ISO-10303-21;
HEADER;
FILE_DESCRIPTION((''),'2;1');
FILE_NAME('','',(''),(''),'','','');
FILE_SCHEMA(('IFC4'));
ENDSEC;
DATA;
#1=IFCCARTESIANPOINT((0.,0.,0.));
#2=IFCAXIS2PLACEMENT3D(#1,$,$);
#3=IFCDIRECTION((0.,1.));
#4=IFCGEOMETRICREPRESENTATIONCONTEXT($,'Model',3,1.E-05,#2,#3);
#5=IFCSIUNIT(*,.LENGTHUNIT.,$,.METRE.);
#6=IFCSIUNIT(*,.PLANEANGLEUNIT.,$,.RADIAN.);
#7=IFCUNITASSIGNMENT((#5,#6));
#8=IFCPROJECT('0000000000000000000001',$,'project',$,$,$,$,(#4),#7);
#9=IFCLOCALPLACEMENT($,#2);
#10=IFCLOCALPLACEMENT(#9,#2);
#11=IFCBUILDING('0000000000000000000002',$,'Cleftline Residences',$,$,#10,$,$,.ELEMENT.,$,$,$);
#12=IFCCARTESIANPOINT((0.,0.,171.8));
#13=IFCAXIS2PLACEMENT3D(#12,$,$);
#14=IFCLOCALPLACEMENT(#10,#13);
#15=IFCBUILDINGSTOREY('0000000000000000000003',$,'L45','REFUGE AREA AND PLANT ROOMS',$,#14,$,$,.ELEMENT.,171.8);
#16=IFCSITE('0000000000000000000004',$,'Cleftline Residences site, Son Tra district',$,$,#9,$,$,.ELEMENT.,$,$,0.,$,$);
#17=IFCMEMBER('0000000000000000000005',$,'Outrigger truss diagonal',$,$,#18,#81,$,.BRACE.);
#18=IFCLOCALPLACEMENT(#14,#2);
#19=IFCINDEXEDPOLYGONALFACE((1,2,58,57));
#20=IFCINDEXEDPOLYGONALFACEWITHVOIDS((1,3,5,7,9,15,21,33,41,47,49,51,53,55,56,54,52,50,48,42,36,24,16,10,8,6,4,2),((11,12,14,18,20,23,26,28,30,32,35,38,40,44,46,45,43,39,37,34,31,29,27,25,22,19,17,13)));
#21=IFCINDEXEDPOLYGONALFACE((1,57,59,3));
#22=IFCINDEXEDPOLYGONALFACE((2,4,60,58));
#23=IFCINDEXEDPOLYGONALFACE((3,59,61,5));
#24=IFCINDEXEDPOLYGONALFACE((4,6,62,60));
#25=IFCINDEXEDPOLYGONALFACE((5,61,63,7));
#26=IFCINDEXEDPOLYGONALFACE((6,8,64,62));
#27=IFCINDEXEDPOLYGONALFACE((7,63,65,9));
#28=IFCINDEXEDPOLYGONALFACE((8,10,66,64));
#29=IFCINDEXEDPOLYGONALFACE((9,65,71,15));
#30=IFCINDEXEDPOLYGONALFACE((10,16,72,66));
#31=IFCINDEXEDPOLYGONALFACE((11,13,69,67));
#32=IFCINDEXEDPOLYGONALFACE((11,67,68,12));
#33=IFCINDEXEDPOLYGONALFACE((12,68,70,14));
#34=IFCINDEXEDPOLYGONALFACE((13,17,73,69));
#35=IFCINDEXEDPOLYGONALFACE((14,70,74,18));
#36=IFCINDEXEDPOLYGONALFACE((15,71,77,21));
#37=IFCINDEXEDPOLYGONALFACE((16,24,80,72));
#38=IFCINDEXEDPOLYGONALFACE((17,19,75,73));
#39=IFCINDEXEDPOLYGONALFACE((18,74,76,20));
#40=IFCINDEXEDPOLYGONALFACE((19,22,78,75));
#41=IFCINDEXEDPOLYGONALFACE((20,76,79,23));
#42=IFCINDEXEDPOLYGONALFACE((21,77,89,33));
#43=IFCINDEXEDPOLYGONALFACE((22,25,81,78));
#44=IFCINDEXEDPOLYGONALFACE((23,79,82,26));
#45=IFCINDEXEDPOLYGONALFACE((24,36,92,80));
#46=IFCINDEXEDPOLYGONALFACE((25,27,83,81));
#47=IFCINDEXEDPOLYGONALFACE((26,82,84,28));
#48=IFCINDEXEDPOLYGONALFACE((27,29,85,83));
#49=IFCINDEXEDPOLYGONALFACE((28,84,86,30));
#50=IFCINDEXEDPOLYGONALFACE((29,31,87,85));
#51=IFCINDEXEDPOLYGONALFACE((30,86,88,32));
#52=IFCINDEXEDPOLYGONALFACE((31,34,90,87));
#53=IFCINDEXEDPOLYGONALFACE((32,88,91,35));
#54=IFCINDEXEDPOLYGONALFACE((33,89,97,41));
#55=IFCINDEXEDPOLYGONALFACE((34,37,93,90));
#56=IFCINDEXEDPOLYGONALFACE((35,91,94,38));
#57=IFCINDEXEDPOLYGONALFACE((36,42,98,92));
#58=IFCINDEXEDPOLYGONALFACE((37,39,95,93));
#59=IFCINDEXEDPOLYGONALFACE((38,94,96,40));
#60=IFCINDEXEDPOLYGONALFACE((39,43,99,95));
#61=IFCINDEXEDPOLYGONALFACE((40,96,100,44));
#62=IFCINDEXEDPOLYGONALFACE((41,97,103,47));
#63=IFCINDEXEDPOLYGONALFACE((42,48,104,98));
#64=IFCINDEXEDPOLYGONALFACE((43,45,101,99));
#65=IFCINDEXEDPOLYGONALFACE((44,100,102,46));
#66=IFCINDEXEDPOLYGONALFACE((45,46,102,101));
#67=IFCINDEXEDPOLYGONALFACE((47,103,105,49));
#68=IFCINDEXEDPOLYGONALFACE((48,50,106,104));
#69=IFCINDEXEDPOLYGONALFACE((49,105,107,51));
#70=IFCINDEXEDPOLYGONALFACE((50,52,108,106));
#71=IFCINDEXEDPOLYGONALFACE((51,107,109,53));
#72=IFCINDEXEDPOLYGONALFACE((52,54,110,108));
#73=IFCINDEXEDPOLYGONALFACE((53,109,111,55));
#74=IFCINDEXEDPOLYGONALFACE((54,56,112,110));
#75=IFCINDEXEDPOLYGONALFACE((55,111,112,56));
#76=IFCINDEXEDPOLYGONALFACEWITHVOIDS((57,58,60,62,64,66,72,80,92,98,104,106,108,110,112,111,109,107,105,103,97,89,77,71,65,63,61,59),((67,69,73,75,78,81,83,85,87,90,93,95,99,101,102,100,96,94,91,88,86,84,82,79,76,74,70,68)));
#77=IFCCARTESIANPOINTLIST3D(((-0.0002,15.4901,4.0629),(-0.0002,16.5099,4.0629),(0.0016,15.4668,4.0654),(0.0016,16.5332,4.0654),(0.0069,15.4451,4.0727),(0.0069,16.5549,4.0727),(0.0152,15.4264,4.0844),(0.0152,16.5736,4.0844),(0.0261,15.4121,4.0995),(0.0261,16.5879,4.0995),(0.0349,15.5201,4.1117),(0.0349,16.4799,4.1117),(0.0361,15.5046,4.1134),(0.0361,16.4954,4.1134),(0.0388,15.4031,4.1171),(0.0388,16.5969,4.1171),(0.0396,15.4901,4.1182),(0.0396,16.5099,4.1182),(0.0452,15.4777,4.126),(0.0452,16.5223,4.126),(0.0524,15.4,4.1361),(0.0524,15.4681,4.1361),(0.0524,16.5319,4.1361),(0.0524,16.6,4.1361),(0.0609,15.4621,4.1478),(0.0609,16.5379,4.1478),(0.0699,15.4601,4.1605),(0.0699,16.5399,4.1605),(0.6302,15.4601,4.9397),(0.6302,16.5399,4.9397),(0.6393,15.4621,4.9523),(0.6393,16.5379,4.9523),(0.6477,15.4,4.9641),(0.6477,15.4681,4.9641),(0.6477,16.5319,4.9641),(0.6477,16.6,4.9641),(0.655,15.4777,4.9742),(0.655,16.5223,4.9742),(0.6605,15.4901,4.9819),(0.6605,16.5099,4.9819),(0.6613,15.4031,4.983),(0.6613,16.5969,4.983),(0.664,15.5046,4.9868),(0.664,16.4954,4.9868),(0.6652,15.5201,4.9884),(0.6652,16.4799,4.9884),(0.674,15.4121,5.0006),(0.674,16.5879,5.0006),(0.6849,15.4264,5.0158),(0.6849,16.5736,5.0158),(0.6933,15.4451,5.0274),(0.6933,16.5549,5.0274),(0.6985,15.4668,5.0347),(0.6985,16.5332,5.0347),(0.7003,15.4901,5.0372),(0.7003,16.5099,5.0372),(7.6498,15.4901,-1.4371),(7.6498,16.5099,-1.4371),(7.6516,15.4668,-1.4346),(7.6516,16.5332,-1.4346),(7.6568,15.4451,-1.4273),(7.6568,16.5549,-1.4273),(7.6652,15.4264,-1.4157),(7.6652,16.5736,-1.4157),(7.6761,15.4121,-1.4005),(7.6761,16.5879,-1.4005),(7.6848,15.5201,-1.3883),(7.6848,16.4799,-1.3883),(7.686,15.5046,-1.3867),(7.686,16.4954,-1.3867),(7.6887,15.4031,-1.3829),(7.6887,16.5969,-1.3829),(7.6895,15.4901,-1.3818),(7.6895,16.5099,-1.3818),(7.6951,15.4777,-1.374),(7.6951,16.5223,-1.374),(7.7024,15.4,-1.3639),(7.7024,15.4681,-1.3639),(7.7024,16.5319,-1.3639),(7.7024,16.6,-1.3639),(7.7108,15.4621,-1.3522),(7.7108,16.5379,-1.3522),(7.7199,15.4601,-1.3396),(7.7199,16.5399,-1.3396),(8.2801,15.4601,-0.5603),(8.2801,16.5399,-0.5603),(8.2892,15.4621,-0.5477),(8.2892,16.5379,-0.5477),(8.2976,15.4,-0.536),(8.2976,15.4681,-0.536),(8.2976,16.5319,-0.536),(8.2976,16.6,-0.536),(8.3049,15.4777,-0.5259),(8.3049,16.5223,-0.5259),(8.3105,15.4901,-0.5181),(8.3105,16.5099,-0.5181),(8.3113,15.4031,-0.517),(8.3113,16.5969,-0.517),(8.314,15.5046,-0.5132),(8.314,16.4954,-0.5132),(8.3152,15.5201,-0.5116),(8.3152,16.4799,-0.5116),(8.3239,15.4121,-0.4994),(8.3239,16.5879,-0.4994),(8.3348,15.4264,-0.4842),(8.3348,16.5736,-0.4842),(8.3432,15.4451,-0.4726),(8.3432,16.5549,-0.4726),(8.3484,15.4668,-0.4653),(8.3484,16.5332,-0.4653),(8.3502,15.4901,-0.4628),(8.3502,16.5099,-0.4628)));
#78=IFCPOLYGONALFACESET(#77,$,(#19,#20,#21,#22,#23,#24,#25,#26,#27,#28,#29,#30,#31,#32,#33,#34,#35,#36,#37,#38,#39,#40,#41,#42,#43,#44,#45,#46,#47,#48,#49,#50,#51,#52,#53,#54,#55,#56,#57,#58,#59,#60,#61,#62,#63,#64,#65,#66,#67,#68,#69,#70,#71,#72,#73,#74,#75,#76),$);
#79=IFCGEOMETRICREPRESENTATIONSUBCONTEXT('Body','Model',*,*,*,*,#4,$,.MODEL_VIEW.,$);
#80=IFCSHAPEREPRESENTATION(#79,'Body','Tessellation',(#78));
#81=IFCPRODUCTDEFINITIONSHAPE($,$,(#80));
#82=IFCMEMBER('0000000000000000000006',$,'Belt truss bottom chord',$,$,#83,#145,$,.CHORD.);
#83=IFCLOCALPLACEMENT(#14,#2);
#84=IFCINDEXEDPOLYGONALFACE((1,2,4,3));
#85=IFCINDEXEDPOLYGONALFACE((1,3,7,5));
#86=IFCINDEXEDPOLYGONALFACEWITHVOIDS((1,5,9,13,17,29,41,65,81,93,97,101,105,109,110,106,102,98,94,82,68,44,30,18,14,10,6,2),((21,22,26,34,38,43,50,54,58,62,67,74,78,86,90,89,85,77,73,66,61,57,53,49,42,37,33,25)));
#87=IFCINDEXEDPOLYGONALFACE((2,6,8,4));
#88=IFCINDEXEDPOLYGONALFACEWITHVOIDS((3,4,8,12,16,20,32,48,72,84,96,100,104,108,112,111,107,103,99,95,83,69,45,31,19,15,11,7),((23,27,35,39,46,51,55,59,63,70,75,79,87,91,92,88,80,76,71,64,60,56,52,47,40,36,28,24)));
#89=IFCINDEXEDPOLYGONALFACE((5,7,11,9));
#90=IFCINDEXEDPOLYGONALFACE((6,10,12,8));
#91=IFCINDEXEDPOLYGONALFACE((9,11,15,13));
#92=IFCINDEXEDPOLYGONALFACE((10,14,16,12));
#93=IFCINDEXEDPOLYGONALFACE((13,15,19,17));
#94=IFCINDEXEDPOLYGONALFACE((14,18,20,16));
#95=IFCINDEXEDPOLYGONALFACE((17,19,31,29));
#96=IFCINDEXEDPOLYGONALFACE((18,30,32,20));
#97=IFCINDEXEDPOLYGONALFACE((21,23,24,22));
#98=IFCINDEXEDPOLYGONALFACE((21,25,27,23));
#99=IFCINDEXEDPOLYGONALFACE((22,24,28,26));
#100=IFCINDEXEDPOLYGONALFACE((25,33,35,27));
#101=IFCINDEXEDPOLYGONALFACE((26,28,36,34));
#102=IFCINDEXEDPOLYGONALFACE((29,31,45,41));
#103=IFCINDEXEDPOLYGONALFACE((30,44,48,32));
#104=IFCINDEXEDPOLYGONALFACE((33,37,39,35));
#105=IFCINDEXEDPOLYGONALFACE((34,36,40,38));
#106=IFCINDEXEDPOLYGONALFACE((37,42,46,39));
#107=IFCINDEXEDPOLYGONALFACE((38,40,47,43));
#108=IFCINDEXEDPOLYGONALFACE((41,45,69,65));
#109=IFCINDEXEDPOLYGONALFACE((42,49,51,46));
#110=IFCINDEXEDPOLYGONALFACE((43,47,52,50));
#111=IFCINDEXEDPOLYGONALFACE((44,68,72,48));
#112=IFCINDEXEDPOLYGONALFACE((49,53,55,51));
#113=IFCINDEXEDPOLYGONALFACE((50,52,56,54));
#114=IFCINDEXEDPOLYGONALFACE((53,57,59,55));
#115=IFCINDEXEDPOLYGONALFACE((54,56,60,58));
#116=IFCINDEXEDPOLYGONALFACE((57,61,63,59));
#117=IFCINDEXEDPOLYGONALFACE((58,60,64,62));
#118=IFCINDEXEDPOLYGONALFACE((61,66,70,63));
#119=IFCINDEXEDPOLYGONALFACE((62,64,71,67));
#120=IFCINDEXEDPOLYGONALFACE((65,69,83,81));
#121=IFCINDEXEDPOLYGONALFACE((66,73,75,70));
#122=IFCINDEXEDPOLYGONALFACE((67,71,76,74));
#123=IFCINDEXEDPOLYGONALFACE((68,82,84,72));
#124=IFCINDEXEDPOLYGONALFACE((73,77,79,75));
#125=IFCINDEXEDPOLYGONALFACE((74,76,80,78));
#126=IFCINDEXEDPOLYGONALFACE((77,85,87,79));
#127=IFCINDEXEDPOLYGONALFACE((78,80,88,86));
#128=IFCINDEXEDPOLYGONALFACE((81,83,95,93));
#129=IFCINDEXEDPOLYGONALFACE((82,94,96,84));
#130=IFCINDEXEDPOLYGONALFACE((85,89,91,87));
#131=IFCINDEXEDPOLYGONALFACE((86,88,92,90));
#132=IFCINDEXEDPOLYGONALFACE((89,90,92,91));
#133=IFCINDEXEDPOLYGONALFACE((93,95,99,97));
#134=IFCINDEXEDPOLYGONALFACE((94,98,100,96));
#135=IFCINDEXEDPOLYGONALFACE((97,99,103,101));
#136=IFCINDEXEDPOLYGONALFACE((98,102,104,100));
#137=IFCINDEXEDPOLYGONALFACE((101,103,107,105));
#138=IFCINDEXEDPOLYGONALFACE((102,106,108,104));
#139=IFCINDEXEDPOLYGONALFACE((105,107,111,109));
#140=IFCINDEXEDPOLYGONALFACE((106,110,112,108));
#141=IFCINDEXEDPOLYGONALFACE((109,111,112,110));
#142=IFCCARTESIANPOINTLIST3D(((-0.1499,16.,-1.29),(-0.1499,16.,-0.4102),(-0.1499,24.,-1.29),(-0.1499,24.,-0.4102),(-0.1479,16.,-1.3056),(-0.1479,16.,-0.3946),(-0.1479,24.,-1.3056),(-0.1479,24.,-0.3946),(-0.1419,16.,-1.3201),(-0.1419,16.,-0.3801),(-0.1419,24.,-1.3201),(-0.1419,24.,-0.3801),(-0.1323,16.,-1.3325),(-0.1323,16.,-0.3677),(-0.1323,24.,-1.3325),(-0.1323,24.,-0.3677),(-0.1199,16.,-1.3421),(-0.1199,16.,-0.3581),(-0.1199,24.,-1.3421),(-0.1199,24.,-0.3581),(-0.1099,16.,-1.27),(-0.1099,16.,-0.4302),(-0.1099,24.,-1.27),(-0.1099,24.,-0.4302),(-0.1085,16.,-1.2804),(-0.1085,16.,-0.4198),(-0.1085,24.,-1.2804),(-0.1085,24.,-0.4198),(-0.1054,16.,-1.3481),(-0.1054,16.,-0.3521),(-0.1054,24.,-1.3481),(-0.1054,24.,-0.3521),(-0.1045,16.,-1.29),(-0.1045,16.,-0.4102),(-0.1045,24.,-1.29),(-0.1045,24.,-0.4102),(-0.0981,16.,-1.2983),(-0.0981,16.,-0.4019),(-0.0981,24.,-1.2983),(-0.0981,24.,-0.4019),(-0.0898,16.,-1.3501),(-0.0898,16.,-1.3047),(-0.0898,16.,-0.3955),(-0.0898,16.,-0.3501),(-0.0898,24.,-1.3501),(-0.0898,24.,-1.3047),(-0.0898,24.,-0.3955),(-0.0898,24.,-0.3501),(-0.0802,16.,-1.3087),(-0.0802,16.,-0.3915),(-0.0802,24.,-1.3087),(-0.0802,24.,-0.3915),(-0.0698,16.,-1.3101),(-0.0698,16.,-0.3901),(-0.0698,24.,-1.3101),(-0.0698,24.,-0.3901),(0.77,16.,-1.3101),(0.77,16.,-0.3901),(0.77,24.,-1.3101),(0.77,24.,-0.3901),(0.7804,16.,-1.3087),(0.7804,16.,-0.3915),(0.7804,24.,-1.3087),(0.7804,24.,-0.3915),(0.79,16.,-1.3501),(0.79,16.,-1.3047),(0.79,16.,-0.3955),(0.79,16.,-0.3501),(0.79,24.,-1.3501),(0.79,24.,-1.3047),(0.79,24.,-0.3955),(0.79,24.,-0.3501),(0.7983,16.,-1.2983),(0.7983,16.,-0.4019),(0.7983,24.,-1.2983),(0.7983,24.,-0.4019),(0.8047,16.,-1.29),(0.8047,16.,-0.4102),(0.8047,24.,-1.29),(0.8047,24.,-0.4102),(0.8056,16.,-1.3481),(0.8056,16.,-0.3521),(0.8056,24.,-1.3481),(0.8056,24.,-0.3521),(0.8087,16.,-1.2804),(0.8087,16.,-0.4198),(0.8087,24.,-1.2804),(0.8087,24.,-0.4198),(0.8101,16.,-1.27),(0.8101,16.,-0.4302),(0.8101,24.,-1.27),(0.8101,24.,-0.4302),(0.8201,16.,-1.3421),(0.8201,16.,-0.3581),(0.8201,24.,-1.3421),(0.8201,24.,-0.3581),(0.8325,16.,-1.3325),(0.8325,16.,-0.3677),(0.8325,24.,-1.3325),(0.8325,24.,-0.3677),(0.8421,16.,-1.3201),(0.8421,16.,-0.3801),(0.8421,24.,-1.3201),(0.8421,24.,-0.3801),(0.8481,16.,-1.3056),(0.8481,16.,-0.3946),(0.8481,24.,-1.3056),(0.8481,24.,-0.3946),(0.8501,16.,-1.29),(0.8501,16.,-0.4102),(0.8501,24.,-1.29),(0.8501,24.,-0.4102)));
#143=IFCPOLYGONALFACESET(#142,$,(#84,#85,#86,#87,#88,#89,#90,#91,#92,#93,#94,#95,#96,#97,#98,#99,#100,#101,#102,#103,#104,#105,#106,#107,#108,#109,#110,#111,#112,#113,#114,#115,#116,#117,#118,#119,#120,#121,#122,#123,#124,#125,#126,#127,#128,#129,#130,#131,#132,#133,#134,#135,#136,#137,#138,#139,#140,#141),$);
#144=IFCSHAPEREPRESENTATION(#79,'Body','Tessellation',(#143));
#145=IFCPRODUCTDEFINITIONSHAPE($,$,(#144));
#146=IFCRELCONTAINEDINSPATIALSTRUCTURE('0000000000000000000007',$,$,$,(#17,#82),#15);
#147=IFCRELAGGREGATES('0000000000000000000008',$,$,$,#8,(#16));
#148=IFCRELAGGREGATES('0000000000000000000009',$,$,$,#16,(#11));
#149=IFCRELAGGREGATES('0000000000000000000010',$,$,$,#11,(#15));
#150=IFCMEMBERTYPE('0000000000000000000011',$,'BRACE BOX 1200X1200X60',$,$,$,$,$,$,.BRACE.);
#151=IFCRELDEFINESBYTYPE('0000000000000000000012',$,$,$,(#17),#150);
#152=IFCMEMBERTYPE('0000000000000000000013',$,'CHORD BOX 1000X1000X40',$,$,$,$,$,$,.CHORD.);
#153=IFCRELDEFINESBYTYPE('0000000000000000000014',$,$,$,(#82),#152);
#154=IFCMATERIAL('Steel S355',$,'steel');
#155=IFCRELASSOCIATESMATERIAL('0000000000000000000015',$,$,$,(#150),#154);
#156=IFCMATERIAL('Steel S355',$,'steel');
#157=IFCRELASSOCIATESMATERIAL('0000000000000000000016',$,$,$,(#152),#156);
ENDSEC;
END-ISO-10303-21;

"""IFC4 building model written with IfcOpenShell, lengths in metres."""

from ifc_helpers import new_model, si_unit, direction, frame, origin, origin_2d, place, context, subcontext, project, spatial, hollow_rectangle, extrude, material, material_profile, profile_set, type_object, element, save


model = new_model("IFC4")

# Units and contexts
model_context = context("Model", 3, precision=1e-05, world=origin(), true_north=direction((0.0, 1.0)))
body_context = subcontext(model_context, "Body", "Model", "MODEL_VIEW")
ifc_project = project(units=[si_unit("LENGTHUNIT", "METRE"), si_unit("PLANEANGLEUNIT", "RADIAN")], contexts=[model_context])

# Site, building, storey
site_placement = place(None, origin())
site = spatial("IfcSite", under=ifc_project, at=site_placement, Name="Cleftline Residences site, Son Tra district", CompositionType="ELEMENT", RefElevation=0.0)
building_placement = place(site_placement, origin())
building = spatial("IfcBuilding", under=site, at=building_placement, Name="Cleftline Residences", CompositionType="ELEMENT")
storey_placement = place(building_placement, frame((0.0, 0.0, 171.8)))
storey = spatial("IfcBuildingStorey", under=building, at=storey_placement, Name="L45", Description="REFUGE AREA AND PLANT ROOMS", CompositionType="ELEMENT", Elevation=171.8)

# Members
ifc_material_1 = material(Name="Steel S355", Category="steel")
ifc_material_profile_1 = material_profile(ifc_material_1, hollow_rectangle(XDim=1.2, YDim=1.2, WallThickness=0.0601, InnerFilletRadius=0.0601, OuterFilletRadius=0.0901, at=origin_2d()))
ifc_profile_set_1 = profile_set([ifc_material_profile_1], Name="Steel S355")
member_type_1 = type_object("IfcMemberType", Name="BRACE BOX 1200X1200X60", PredefinedType="BRACE", material=ifc_profile_set_1)
member_1_placement = place(storey_placement, frame((8.0, 16.0, -0.95), z_axis=(-0.811933, 0.0, 0.58375), x_axis=(0.58375, 0.0, 0.811933)))
element("IfcMember", 1, at=member_1_placement, inside=storey, type_object=member_type_1, Name="Outrigger truss diagonal", PredefinedType="BRACE", context=body_context, shape_type="SweptSolid", body=[
    extrude(hollow_rectangle(XDim=1.2, YDim=1.2, WallThickness=0.0601, InnerFilletRadius=0.0601, OuterFilletRadius=0.0901, at=origin_2d()), origin(), (0.0, 0.0, 1.0), 9.4219),
])
ifc_material_2 = material(Name="Steel S355", Category="steel")
ifc_material_profile_2 = material_profile(ifc_material_2, hollow_rectangle(XDim=1.0, YDim=1.0, WallThickness=0.04, InnerFilletRadius=0.04, OuterFilletRadius=0.0601, at=origin_2d()))
ifc_profile_set_2 = profile_set([ifc_material_profile_2], Name="Steel S355")
member_type_2 = type_object("IfcMemberType", Name="CHORD BOX 1000X1000X40", PredefinedType="CHORD", material=ifc_profile_set_2)
for number, where, z_axis, x_axis, name in (
    (2, (0.3501, 16.0, -0.8501), (0.0, 1.0, 0.0), (-1.0, 0.0, 0.0), "Belt truss bottom chord"),
):
    element("IfcMember", number, at=place(storey_placement, frame(where, z_axis=z_axis, x_axis=x_axis)), inside=storey, type_object=member_type_2, Name=name, PredefinedType="CHORD", context=body_context, shape_type="SweptSolid", body=[
        extrude(hollow_rectangle(XDim=1.0, YDim=1.0, WallThickness=0.04, InnerFilletRadius=0.04, OuterFilletRadius=0.0601, at=origin_2d()), origin(), (0.0, 0.0, 1.0), 8.0),
    ])

save(model, "model.ifc")
